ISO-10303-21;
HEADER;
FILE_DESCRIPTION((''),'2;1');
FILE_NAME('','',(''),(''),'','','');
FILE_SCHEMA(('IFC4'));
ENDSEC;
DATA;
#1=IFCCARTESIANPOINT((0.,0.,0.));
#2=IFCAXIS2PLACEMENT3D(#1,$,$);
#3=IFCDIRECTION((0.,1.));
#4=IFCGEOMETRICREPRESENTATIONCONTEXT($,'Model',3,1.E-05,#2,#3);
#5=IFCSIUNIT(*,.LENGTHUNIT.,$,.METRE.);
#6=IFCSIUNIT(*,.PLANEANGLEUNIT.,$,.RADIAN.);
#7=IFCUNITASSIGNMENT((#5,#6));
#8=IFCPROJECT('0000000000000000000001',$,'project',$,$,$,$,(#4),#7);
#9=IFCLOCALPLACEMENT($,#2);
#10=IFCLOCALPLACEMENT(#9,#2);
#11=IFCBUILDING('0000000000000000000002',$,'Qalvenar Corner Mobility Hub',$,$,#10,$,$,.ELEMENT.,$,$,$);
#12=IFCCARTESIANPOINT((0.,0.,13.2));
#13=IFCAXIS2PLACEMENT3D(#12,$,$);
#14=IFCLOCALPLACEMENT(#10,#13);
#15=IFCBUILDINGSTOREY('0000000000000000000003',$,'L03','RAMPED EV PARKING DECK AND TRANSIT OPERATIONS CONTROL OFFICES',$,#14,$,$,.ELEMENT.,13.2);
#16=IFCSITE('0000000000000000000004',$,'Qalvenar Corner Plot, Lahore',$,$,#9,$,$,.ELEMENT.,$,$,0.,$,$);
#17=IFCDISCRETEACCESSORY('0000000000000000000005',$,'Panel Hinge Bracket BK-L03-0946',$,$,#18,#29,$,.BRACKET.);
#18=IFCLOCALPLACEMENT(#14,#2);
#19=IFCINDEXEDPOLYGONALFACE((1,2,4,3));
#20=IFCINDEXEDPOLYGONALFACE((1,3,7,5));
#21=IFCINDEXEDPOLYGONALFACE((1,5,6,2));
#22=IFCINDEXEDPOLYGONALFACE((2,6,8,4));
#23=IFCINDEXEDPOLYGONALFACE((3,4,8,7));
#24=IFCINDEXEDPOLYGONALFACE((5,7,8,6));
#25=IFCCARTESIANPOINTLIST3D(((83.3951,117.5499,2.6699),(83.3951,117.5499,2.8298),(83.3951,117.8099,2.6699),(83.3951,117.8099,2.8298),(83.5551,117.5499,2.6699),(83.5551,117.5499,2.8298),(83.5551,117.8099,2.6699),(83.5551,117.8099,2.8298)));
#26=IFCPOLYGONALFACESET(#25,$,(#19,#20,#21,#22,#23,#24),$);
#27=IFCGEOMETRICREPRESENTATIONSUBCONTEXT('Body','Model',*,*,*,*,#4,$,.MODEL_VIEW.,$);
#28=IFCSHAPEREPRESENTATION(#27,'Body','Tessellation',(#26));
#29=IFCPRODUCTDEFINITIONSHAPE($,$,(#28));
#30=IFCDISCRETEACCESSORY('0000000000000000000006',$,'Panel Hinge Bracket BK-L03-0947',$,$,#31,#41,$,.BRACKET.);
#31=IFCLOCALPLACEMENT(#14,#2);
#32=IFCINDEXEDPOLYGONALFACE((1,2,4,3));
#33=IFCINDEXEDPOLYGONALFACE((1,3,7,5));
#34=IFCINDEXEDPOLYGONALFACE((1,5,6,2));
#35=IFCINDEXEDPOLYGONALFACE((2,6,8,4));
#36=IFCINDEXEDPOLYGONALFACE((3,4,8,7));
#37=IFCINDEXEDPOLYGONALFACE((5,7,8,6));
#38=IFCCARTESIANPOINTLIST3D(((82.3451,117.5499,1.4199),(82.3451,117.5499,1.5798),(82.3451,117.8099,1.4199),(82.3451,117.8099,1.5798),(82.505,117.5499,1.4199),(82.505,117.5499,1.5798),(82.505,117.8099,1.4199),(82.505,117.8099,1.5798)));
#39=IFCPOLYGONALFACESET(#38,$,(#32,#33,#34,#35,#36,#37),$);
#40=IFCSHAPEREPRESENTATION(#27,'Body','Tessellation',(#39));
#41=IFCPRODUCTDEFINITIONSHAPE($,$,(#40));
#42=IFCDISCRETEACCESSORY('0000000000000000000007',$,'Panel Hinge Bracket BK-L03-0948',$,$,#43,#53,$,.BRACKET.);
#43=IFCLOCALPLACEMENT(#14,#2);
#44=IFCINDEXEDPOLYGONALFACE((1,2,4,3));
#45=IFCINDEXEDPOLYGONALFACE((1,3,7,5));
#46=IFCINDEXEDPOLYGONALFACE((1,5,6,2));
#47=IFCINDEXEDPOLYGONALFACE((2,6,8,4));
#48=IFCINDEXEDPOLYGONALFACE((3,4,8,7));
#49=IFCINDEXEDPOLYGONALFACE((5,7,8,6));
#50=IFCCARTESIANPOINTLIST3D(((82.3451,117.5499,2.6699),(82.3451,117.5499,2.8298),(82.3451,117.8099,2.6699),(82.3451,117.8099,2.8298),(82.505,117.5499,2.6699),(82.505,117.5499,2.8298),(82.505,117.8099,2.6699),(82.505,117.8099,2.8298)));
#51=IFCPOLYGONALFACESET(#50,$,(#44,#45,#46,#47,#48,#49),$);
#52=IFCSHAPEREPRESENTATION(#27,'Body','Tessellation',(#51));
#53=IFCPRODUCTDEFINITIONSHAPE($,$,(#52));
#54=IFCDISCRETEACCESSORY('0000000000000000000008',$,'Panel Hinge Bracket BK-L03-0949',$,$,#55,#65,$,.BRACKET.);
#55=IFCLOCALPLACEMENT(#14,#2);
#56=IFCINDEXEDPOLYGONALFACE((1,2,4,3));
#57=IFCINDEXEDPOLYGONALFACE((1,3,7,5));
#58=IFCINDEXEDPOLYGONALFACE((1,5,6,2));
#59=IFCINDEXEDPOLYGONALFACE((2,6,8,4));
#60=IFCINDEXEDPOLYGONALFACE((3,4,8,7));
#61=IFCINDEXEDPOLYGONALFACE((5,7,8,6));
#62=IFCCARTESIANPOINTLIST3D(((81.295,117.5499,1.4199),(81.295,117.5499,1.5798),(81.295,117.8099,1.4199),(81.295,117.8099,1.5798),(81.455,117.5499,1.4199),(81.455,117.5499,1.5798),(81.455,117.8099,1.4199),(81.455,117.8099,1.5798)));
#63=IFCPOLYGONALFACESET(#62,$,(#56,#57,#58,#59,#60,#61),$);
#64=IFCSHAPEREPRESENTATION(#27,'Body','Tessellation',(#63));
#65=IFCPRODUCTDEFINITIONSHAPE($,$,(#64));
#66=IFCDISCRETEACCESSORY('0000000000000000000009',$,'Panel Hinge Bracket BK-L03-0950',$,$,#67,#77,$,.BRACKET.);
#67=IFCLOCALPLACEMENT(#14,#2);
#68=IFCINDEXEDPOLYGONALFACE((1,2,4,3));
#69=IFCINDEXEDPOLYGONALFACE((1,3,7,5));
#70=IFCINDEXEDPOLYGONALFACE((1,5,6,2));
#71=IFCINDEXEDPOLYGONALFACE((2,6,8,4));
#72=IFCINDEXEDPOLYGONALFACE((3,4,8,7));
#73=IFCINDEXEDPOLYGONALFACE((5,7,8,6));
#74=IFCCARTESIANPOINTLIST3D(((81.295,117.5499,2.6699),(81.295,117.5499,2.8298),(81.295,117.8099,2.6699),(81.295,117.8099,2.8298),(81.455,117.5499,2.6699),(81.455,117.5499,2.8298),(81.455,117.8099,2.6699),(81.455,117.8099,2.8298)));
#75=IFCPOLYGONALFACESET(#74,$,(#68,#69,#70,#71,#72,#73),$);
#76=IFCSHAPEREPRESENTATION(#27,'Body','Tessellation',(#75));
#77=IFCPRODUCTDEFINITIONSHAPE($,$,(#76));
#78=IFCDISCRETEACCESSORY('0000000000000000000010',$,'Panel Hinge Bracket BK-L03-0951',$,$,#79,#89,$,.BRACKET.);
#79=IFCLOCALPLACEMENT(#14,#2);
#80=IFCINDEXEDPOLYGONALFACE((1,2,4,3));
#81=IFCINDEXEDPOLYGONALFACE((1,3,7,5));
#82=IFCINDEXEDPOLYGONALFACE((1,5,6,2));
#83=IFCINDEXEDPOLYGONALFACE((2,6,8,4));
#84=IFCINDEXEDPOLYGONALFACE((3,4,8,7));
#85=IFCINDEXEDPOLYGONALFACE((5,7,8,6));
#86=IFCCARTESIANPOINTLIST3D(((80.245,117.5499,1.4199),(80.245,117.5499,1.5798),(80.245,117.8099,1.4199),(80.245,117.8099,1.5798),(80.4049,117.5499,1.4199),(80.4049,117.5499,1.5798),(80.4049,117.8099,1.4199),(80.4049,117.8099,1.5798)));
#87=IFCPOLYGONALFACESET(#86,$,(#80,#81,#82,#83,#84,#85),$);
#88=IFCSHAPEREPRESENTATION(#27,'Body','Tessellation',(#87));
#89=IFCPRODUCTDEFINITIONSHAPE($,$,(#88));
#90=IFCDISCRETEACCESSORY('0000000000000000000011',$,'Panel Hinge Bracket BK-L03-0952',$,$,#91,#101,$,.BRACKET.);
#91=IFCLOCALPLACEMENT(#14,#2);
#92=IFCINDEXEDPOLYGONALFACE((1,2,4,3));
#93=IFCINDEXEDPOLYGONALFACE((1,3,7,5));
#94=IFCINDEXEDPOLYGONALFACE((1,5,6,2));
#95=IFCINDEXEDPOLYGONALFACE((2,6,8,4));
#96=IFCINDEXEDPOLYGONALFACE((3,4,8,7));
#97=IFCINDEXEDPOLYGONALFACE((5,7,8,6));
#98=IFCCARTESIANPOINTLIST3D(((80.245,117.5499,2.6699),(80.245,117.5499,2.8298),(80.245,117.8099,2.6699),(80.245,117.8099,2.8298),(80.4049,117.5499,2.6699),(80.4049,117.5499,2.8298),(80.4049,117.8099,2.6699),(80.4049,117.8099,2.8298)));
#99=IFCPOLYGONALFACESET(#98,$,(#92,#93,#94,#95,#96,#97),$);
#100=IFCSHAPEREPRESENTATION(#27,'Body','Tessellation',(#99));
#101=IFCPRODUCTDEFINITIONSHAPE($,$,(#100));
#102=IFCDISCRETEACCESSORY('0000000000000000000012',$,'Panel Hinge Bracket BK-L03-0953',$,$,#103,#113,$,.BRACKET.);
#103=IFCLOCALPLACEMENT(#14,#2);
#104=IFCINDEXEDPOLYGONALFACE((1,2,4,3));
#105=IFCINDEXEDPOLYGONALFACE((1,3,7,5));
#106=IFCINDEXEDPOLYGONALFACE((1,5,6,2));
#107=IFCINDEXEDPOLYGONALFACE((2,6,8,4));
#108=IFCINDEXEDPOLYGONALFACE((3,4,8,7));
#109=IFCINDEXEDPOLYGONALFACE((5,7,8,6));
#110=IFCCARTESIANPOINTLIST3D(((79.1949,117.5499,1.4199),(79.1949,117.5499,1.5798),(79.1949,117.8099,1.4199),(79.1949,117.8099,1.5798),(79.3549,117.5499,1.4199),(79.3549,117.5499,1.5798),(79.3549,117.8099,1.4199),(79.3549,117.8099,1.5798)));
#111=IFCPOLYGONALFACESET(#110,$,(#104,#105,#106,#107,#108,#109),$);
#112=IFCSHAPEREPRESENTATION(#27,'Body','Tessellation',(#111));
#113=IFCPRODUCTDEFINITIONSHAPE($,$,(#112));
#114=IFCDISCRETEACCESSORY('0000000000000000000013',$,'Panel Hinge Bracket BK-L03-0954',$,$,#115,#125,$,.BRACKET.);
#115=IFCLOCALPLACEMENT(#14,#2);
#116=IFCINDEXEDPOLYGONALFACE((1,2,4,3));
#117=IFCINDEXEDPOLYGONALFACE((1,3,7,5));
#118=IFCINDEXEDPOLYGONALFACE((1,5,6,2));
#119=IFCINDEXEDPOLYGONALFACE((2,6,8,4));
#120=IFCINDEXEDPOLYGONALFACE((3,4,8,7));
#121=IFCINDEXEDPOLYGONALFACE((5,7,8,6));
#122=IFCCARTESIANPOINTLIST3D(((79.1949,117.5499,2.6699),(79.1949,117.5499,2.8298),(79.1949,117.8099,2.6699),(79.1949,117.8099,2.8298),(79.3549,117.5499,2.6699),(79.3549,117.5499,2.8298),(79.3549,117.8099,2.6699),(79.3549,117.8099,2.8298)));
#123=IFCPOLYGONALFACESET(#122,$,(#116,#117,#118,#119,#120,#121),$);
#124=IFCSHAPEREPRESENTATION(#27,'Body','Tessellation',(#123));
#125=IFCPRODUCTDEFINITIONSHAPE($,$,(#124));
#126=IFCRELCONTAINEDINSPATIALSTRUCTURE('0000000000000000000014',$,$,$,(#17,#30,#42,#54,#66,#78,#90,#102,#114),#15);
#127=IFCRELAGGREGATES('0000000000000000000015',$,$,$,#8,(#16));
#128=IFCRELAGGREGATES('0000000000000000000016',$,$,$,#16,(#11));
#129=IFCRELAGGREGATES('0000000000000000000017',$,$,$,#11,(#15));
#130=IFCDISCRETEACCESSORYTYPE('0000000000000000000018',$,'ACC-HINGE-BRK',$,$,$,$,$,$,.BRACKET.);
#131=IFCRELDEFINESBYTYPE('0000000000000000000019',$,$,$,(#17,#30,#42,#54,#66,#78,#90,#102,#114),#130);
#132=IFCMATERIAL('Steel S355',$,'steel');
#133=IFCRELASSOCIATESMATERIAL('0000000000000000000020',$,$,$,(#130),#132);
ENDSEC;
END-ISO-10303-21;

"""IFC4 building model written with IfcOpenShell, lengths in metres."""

from ifc_helpers import new_model, si_unit, direction, frame, origin, origin_2d, place, context, subcontext, project, spatial, rectangle, extrude, material, type_object, element, save


model = new_model("IFC4")

# Units and contexts
model_context = context("Model", 3, precision=1e-05, world=origin(), true_north=direction((0.0, 1.0)))
body_context = subcontext(model_context, "Body", "Model", "MODEL_VIEW")
ifc_project = project(units=[si_unit("LENGTHUNIT", "METRE"), si_unit("PLANEANGLEUNIT", "RADIAN")], contexts=[model_context])

# Site, building, storey
site_placement = place(None, origin())
site = spatial("IfcSite", under=ifc_project, at=site_placement, Name="Qalvenar Corner Plot, Lahore", CompositionType="ELEMENT", RefElevation=0.0)
building_placement = place(site_placement, origin())
building = spatial("IfcBuilding", under=site, at=building_placement, Name="Qalvenar Corner Mobility Hub", CompositionType="ELEMENT")
storey_placement = place(building_placement, frame((0.0, 0.0, 13.2)))
storey = spatial("IfcBuildingStorey", under=building, at=storey_placement, Name="L03", Description="RAMPED EV PARKING DECK AND TRANSIT OPERATIONS CONTROL OFFICES", CompositionType="ELEMENT", Elevation=13.2)

# Discrete accessories
ifc_material_1 = material(Name="Steel S355", Category="steel")
discrete_accessory_type = type_object("IfcDiscreteAccessoryType", Name="ACC-HINGE-BRK", PredefinedType="BRACKET", material=ifc_material_1)
for number, where, z_axis, x_axis, name in (
    (1, (83.4751, 117.6799, 2.6699), (0.0, 0.0, 1.0), (-1.0, 0.0, 0.0), "Panel Hinge Bracket BK-L03-0946"),
    (2, (82.425, 117.6799, 1.4199), (0.0, 0.0, 1.0), (-1.0, 0.0, 0.0), "Panel Hinge Bracket BK-L03-0947"),
    (3, (82.425, 117.6799, 2.6699), (0.0, 0.0, 1.0), (-1.0, 0.0, 0.0), "Panel Hinge Bracket BK-L03-0948"),
    (4, (81.375, 117.6799, 1.4199), (0.0, 0.0, 1.0), (-1.0, 0.0, 0.0), "Panel Hinge Bracket BK-L03-0949"),
    (5, (81.375, 117.6799, 2.6699), (0.0, 0.0, 1.0), (-1.0, 0.0, 0.0), "Panel Hinge Bracket BK-L03-0950"),
    (6, (80.325, 117.6799, 1.4199), (0.0, 0.0, 1.0), (-1.0, 0.0, 0.0), "Panel Hinge Bracket BK-L03-0951"),
    (7, (80.325, 117.6799, 2.6699), (0.0, 0.0, 1.0), (-1.0, 0.0, 0.0), "Panel Hinge Bracket BK-L03-0952"),
    (8, (79.2749, 117.6799, 1.4199), (0.0, 0.0, 1.0), (-1.0, 0.0, 0.0), "Panel Hinge Bracket BK-L03-0953"),
    (9, (79.2749, 117.6799, 2.6699), (0.0, 0.0, 1.0), (-1.0, 0.0, 0.0), "Panel Hinge Bracket BK-L03-0954"),
):
    element("IfcDiscreteAccessory", number, at=place(storey_placement, frame(where, z_axis=z_axis, x_axis=x_axis)), inside=storey, type_object=discrete_accessory_type, Name=name, PredefinedType="BRACKET", context=body_context, shape_type="SweptSolid", body=[
        extrude(rectangle(XDim=0.1599, YDim=0.26, at=origin_2d()), origin(), (0.0, 0.0, 1.0), 0.1599),
    ])

save(model, "model.ifc")
